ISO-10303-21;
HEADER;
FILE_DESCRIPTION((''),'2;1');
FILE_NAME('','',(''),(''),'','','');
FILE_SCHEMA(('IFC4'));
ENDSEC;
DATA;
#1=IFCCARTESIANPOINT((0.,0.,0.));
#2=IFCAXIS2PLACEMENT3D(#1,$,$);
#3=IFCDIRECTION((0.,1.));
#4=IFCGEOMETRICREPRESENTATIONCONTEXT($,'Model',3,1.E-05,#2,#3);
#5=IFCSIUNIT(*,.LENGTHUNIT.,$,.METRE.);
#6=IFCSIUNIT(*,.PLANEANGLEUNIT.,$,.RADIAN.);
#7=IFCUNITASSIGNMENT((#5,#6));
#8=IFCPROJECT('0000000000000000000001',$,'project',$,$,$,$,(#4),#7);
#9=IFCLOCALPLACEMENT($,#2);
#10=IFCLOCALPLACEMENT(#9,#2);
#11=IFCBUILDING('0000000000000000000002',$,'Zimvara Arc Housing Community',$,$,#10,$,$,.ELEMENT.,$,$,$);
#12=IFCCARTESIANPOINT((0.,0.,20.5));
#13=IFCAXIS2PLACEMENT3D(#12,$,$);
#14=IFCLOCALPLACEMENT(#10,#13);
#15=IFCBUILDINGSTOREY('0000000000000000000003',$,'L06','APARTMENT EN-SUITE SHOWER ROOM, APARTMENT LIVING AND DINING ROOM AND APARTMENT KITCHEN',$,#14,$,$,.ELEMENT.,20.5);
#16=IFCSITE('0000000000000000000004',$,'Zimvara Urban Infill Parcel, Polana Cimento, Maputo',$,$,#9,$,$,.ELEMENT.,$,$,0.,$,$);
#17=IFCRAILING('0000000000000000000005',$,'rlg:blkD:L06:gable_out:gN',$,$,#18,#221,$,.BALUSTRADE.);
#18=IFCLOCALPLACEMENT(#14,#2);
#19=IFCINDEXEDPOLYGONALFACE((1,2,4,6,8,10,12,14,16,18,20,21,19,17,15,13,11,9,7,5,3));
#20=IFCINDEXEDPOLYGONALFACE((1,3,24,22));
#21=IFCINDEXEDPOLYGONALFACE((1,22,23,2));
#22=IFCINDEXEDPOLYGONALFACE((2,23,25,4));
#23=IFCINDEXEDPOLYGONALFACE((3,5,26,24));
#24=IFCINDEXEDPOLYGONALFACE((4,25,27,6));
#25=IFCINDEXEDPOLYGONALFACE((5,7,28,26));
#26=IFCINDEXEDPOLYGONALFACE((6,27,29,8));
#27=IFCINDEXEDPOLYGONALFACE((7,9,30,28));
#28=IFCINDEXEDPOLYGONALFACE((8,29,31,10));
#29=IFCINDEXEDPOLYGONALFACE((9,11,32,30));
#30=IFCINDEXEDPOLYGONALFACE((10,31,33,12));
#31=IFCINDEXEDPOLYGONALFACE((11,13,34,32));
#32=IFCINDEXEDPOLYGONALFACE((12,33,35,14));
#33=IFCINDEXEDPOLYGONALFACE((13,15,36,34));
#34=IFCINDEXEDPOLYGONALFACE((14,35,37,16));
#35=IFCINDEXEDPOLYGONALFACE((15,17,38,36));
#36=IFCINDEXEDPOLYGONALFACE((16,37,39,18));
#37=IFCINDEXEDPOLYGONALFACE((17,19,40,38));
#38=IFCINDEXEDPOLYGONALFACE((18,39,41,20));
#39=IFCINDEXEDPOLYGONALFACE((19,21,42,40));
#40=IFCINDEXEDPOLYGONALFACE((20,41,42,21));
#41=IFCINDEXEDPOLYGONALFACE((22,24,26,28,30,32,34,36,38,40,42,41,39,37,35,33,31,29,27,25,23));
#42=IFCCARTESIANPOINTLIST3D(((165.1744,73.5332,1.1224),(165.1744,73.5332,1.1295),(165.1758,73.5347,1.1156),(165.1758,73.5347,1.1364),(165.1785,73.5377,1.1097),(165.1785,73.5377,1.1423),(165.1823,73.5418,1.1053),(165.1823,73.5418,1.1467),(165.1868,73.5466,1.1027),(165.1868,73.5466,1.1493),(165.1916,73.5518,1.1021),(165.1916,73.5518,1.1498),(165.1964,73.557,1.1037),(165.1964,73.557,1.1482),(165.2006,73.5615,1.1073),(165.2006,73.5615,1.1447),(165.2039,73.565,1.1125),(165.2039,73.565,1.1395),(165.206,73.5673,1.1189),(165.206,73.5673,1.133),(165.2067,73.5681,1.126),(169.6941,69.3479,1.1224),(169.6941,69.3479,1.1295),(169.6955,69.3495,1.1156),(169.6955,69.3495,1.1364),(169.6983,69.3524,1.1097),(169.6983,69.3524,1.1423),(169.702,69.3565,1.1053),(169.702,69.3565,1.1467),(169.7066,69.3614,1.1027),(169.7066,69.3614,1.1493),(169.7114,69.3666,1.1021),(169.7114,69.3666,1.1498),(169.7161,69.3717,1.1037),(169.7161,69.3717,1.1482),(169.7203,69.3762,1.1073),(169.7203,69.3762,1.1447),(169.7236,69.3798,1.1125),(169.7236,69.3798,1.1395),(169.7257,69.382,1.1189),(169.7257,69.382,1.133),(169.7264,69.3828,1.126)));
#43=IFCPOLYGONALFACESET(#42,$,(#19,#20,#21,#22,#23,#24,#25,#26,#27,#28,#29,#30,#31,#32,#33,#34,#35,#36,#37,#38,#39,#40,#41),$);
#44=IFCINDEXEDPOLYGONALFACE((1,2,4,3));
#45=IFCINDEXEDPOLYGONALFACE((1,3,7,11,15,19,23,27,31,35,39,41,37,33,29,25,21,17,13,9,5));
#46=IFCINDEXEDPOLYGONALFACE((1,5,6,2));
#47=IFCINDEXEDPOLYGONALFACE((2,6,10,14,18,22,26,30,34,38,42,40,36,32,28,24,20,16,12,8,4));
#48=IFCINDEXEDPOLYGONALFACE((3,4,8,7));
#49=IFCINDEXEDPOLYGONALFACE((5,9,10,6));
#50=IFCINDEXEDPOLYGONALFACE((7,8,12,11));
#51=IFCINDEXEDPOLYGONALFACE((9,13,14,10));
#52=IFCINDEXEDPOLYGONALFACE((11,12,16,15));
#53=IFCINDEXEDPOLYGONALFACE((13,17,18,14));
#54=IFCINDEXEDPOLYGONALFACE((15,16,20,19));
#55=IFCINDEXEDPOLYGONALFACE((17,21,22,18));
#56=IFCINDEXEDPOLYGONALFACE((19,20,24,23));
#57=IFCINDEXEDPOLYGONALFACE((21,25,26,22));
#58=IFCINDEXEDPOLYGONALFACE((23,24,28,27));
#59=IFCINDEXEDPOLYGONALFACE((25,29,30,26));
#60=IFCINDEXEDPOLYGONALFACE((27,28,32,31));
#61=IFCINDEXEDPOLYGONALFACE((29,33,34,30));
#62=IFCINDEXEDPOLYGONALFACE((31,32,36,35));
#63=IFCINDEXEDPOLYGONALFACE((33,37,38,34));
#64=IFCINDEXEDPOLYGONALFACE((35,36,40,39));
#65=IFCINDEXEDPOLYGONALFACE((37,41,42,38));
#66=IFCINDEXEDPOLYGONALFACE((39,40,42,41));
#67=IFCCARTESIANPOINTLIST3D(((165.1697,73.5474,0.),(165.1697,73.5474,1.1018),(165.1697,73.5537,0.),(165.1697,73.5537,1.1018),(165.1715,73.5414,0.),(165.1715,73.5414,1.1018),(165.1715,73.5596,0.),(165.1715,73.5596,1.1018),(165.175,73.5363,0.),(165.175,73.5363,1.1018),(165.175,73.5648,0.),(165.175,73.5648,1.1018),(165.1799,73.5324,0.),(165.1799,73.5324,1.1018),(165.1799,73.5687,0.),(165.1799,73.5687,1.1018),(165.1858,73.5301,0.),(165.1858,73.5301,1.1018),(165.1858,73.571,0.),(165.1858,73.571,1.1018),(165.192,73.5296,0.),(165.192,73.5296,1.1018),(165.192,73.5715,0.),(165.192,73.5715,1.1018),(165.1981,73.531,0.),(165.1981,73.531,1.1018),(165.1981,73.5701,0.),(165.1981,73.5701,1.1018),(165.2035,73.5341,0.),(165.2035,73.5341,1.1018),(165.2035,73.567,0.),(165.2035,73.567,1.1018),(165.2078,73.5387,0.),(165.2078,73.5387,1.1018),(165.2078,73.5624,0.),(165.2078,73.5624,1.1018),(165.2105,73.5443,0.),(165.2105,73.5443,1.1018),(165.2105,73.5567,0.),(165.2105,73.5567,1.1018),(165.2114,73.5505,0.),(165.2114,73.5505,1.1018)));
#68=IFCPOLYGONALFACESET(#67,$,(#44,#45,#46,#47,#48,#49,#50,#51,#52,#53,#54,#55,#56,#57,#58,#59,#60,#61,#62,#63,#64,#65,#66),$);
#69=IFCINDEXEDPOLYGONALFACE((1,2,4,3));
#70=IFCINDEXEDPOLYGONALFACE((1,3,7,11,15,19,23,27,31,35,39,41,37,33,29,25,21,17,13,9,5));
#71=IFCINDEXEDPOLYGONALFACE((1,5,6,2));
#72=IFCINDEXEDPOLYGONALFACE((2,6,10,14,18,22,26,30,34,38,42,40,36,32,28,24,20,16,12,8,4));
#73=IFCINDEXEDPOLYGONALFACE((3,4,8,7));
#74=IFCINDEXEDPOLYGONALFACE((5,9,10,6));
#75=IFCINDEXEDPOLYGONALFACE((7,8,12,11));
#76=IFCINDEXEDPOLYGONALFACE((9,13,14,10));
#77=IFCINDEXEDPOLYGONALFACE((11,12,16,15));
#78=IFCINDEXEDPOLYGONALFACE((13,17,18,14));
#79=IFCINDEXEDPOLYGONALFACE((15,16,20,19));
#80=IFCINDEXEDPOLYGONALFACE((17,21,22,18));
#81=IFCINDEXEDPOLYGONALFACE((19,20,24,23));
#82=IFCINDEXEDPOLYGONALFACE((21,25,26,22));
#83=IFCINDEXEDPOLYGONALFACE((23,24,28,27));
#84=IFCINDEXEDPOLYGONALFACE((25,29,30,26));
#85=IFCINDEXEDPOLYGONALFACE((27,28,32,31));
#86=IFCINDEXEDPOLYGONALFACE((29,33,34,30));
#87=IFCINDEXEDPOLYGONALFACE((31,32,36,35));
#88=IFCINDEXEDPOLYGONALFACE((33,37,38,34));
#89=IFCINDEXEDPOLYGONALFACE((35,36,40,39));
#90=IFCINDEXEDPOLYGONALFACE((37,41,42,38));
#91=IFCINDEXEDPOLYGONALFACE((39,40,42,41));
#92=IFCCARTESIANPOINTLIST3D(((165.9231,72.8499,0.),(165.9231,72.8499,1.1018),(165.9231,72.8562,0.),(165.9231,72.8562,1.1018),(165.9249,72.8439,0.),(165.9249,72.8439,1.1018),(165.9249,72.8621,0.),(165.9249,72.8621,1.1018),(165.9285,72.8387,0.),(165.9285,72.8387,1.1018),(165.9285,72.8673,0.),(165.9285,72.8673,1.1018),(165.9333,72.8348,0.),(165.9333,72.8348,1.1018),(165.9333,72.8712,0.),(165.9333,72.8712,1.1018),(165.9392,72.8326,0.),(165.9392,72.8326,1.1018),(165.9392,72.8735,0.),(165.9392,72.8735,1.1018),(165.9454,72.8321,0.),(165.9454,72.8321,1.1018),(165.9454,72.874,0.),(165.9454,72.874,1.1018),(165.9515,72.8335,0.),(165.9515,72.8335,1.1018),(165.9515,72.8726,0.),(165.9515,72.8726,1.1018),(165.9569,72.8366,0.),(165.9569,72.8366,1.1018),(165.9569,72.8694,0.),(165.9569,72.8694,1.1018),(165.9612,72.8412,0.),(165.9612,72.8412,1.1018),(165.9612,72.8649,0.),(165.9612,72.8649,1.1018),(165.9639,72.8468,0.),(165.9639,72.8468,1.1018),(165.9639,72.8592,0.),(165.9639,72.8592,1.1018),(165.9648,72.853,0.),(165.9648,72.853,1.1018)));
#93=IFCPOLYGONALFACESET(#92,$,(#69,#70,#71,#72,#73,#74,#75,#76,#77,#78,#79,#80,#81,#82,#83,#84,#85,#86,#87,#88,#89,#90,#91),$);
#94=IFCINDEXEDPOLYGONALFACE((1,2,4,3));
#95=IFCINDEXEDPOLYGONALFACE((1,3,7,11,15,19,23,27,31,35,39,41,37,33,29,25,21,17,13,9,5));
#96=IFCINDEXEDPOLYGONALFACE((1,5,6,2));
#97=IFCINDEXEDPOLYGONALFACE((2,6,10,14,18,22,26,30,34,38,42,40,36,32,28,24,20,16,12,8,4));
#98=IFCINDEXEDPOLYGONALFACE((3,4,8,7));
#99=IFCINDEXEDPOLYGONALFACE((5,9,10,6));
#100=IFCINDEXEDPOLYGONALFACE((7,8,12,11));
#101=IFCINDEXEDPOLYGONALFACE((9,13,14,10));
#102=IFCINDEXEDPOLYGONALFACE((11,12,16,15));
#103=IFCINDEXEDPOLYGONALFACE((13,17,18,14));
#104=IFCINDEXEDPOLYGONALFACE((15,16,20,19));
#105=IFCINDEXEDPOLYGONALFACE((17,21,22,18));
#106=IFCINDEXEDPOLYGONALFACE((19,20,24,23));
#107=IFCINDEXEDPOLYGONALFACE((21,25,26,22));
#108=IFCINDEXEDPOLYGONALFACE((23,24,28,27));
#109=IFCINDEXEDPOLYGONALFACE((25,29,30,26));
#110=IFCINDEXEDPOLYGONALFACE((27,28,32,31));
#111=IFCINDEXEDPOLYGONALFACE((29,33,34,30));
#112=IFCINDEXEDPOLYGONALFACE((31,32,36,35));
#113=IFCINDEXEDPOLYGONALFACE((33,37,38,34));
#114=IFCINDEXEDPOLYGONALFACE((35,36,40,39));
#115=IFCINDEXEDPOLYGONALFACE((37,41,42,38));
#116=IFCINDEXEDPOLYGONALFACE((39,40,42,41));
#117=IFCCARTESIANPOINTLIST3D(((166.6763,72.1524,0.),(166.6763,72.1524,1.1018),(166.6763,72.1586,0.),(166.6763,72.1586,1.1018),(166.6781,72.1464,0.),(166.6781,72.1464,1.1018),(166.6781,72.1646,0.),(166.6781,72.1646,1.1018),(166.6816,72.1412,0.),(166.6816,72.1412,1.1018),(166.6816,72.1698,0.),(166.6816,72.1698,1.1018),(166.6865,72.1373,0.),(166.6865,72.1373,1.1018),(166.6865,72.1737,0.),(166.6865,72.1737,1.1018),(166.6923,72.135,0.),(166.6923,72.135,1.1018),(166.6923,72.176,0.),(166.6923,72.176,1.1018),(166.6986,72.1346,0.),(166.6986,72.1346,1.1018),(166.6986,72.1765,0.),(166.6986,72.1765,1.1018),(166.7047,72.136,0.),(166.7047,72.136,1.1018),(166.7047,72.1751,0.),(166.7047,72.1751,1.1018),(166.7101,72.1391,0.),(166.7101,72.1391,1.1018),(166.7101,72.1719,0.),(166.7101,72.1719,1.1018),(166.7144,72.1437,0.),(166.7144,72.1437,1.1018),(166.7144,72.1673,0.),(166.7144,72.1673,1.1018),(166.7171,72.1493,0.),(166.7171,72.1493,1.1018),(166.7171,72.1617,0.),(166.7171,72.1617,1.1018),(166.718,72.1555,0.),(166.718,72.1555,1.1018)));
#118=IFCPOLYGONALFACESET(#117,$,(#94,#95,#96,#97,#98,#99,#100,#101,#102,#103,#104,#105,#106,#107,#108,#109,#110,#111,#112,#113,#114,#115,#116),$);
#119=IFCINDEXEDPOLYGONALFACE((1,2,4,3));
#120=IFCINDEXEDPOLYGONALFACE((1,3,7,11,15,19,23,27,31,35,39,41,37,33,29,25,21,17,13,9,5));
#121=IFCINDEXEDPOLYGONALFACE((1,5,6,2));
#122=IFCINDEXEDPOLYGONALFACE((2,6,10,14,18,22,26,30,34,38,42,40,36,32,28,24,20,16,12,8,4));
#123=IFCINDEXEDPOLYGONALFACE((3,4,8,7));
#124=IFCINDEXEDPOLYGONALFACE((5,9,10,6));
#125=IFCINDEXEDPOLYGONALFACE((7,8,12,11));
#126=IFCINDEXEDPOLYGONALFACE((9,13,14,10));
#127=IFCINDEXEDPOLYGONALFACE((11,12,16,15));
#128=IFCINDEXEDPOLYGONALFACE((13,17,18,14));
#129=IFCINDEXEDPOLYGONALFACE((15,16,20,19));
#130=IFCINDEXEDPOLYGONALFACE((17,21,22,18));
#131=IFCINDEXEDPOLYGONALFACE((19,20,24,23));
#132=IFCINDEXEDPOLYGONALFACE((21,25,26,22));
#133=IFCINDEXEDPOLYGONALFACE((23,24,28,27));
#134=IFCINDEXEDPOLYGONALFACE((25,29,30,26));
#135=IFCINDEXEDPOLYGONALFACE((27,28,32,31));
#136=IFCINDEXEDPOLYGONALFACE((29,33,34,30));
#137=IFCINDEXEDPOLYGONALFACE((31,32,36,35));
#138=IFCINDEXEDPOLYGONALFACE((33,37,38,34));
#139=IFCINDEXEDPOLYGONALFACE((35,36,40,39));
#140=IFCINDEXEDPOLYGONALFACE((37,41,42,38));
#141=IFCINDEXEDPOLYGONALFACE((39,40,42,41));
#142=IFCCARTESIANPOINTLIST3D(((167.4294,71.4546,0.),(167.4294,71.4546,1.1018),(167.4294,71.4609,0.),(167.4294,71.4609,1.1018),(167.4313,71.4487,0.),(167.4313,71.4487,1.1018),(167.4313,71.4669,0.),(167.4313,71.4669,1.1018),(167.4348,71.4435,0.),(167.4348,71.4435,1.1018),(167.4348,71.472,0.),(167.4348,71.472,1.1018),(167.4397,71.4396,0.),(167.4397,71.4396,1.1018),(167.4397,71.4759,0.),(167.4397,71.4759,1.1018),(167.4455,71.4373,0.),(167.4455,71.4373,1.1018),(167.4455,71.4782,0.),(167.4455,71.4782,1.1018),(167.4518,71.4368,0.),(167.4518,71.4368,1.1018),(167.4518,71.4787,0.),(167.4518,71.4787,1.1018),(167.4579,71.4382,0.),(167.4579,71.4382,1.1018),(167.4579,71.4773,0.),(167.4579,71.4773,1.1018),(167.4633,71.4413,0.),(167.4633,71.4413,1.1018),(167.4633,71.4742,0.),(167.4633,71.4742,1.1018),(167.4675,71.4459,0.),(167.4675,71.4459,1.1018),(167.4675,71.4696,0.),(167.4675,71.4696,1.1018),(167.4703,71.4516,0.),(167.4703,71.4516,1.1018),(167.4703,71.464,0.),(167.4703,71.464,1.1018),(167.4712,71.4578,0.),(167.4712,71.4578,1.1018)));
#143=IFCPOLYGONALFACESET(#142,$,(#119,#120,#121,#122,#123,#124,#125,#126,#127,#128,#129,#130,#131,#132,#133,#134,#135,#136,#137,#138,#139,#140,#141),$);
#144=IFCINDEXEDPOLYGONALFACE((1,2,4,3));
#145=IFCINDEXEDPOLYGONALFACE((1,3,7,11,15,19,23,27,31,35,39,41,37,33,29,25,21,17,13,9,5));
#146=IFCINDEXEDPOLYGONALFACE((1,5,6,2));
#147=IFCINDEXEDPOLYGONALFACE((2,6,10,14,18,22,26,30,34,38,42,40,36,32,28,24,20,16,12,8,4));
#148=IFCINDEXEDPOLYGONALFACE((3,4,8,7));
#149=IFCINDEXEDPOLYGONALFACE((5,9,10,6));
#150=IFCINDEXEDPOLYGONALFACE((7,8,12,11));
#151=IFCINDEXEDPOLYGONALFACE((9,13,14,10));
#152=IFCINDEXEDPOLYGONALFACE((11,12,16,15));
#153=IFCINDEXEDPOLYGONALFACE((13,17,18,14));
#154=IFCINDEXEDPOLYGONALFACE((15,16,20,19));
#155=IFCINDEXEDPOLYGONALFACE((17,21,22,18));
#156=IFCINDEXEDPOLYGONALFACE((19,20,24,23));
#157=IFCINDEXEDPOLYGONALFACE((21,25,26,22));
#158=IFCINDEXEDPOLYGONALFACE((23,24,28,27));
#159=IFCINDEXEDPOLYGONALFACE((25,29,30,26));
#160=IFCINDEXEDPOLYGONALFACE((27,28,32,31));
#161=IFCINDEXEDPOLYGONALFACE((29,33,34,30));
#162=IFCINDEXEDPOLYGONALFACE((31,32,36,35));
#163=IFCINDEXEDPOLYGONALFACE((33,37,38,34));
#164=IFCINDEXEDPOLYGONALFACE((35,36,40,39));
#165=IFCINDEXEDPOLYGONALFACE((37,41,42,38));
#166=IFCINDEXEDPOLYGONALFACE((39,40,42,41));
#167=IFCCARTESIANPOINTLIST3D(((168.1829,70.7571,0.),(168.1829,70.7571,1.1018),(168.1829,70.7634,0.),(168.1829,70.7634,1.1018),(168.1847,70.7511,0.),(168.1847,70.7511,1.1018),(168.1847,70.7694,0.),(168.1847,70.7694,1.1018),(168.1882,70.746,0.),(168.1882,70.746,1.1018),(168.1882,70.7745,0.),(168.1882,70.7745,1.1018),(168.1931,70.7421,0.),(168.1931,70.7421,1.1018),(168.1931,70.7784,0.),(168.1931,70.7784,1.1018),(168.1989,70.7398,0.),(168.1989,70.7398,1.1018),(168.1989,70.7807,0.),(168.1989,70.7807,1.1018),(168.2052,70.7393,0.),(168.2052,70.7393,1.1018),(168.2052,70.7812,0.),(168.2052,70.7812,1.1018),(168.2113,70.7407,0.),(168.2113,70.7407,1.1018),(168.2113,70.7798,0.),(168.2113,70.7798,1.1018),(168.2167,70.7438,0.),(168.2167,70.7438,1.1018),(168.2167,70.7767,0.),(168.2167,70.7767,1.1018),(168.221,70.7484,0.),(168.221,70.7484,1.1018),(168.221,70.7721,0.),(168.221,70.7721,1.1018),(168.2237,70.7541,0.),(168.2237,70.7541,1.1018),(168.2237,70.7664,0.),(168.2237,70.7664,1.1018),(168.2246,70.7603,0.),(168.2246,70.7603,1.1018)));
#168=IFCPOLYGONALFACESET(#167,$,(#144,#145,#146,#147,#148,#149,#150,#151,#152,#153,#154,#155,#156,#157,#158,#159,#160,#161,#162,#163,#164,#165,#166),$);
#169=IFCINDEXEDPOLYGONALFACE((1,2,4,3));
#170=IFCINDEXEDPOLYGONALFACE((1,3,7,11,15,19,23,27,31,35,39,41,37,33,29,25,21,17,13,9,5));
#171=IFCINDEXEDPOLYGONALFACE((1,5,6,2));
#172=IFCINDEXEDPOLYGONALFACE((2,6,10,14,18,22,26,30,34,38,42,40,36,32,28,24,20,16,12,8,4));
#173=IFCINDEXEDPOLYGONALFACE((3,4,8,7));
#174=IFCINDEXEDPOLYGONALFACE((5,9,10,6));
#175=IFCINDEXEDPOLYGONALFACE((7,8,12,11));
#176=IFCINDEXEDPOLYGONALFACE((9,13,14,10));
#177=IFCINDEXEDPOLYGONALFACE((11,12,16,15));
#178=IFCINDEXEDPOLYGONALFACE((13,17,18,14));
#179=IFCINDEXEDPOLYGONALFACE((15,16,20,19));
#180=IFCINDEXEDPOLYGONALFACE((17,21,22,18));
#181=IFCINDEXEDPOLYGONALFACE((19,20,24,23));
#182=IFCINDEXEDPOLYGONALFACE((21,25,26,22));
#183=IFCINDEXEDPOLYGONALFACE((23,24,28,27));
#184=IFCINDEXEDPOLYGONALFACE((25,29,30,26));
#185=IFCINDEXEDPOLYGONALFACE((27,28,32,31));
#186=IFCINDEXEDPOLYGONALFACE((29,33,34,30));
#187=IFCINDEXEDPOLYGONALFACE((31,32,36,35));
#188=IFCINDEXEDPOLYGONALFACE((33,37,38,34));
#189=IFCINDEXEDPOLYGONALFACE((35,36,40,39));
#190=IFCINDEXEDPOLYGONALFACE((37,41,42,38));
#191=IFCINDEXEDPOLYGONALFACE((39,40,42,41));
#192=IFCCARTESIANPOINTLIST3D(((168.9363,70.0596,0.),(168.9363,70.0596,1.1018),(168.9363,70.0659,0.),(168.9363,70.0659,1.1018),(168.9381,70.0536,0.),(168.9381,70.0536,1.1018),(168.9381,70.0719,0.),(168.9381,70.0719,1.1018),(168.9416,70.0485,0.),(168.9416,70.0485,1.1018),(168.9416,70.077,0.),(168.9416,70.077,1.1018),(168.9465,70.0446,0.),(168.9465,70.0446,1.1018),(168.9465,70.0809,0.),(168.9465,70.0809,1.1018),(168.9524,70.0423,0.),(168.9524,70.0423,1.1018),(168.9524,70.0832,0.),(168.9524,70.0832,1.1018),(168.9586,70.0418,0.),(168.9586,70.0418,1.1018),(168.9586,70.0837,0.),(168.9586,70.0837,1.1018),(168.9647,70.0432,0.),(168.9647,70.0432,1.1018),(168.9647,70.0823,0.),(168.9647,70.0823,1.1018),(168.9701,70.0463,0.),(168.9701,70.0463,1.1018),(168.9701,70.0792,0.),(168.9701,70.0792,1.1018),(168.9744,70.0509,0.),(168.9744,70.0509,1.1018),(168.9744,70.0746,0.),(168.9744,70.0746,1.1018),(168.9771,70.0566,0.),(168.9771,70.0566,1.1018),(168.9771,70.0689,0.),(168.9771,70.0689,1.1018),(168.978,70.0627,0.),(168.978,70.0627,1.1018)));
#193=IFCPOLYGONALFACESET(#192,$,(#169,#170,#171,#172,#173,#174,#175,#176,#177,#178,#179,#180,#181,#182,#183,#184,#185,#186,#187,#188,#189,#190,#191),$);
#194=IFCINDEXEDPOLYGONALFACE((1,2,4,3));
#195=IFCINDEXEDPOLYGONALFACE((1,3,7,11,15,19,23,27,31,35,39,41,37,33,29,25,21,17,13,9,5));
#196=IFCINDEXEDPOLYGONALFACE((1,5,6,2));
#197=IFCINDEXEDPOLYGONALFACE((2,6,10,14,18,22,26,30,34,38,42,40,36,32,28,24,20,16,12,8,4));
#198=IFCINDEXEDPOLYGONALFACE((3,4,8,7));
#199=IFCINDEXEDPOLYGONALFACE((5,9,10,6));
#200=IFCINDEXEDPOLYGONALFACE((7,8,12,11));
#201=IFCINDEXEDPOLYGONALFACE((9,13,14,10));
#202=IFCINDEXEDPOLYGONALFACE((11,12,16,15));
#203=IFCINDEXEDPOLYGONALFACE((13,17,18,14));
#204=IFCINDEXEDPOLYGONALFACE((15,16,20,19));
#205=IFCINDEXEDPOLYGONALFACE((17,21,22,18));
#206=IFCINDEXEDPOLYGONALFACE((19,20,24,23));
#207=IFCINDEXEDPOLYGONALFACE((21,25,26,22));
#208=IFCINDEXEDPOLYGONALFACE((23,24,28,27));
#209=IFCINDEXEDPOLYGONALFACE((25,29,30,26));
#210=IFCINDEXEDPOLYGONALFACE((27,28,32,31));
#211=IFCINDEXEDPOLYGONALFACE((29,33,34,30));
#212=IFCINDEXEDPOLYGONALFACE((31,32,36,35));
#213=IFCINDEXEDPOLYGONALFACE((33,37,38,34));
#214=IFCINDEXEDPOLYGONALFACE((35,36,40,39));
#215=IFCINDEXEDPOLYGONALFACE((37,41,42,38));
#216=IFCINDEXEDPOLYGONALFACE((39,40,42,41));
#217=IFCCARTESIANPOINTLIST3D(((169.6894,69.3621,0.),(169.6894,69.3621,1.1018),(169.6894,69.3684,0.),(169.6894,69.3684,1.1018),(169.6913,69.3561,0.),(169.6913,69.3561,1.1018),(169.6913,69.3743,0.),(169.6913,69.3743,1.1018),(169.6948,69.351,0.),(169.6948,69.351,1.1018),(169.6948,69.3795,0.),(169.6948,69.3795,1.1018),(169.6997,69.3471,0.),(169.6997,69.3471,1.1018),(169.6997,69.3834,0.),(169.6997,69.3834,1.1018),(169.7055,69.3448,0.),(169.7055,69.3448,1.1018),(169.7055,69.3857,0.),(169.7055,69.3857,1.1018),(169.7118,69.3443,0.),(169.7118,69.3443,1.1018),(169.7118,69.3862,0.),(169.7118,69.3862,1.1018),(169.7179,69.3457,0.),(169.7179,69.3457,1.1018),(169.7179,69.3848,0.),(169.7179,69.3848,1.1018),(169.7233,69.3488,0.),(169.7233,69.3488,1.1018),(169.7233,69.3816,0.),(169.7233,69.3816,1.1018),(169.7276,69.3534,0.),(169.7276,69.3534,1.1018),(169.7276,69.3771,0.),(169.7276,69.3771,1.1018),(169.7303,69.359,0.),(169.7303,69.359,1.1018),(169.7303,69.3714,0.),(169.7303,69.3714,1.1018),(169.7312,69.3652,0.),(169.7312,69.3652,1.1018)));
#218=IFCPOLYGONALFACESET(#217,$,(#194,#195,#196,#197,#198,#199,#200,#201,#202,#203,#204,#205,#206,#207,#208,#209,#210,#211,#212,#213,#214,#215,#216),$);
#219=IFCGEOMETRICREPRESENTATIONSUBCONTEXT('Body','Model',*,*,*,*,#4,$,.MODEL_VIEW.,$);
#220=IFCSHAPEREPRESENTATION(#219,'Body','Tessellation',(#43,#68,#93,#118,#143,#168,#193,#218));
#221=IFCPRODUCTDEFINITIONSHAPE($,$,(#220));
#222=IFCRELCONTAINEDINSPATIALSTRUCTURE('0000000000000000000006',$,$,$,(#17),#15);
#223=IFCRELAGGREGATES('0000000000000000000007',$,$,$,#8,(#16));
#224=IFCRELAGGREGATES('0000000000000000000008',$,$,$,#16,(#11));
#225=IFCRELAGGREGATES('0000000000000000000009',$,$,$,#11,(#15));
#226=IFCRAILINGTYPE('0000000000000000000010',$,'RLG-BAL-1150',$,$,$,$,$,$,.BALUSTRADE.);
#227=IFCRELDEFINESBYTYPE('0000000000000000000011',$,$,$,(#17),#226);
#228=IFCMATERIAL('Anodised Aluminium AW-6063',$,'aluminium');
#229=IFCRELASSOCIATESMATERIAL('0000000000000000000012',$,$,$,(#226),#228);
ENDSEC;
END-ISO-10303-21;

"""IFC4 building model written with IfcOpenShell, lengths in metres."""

from ifc_helpers import new_model, si_unit, direction, frame, origin, origin_2d, place, context, subcontext, project, spatial, circle, extrude, material, type_object, element, save


model = new_model("IFC4")

# Units and contexts
model_context = context("Model", 3, precision=1e-05, world=origin(), true_north=direction((0.0, 1.0)))
body_context = subcontext(model_context, "Body", "Model", "MODEL_VIEW")
ifc_project = project(units=[si_unit("LENGTHUNIT", "METRE"), si_unit("PLANEANGLEUNIT", "RADIAN")], contexts=[model_context])

# Site, building, storey
site_placement = place(None, origin())
site = spatial("IfcSite", under=ifc_project, at=site_placement, Name="Zimvara Urban Infill Parcel, Polana Cimento, Maputo", CompositionType="ELEMENT", RefElevation=0.0)
building_placement = place(site_placement, origin())
building = spatial("IfcBuilding", under=site, at=building_placement, Name="Zimvara Arc Housing Community", CompositionType="ELEMENT")
storey_placement = place(building_placement, frame((0.0, 0.0, 20.5)))
storey = spatial("IfcBuildingStorey", under=building, at=storey_placement, Name="L06", Description="APARTMENT EN-SUITE SHOWER ROOM, APARTMENT LIVING AND DINING ROOM AND APARTMENT KITCHEN", CompositionType="ELEMENT", Elevation=20.5)

# Railing
ifc_material_1 = material(Name="Anodised Aluminium AW-6063", Category="aluminium")
railing_type_1 = type_object("IfcRailingType", Name="RLG-BAL-1150", PredefinedType="BALUSTRADE", material=ifc_material_1)
railing_1_placement = place(storey_placement, frame((165.1904, 73.5505, 0.0)))
element("IfcRailing", 1, at=railing_1_placement, inside=storey, type_object=railing_type_1, Name="rlg:blkD:L06:gable_out:gN", PredefinedType="BALUSTRADE", context=body_context, shape_type="SweptSolid", body=[
    extrude(circle(Radius=0.0239, at=origin_2d()), frame((0.0, 0.0, 1.126), z_axis=(0.733734, -0.679436, 0.0), x_axis=(0.679436, 0.733734, 0.0)), (0.0, 0.0, 1.0), 6.1599),
    extrude(circle(Radius=0.021, at=origin_2d()), origin(), (0.0, 0.0, 1.0), 1.1018),
    extrude(circle(Radius=0.021, at=origin_2d()), frame((0.7534, -0.6975, 0.0)), (0.0, 0.0, 1.0), 1.1018),
    extrude(circle(Radius=0.021, at=origin_2d()), frame((1.5066, -1.395, 0.0)), (0.0, 0.0, 1.0), 1.1018),
    extrude(circle(Radius=0.021, at=origin_2d()), frame((2.2598, -2.0928, 0.0)), (0.0, 0.0, 1.0), 1.1018),
    extrude(circle(Radius=0.021, at=origin_2d()), frame((3.0132, -2.7903, 0.0)), (0.0, 0.0, 1.0), 1.1018),
    extrude(circle(Radius=0.021, at=origin_2d()), frame((3.7666, -3.4878, 0.0)), (0.0, 0.0, 1.0), 1.1018),
    extrude(circle(Radius=0.021, at=origin_2d()), frame((4.5198, -4.1853, 0.0)), (0.0, 0.0, 1.0), 1.1018),
])

save(model, "model.ifc")
